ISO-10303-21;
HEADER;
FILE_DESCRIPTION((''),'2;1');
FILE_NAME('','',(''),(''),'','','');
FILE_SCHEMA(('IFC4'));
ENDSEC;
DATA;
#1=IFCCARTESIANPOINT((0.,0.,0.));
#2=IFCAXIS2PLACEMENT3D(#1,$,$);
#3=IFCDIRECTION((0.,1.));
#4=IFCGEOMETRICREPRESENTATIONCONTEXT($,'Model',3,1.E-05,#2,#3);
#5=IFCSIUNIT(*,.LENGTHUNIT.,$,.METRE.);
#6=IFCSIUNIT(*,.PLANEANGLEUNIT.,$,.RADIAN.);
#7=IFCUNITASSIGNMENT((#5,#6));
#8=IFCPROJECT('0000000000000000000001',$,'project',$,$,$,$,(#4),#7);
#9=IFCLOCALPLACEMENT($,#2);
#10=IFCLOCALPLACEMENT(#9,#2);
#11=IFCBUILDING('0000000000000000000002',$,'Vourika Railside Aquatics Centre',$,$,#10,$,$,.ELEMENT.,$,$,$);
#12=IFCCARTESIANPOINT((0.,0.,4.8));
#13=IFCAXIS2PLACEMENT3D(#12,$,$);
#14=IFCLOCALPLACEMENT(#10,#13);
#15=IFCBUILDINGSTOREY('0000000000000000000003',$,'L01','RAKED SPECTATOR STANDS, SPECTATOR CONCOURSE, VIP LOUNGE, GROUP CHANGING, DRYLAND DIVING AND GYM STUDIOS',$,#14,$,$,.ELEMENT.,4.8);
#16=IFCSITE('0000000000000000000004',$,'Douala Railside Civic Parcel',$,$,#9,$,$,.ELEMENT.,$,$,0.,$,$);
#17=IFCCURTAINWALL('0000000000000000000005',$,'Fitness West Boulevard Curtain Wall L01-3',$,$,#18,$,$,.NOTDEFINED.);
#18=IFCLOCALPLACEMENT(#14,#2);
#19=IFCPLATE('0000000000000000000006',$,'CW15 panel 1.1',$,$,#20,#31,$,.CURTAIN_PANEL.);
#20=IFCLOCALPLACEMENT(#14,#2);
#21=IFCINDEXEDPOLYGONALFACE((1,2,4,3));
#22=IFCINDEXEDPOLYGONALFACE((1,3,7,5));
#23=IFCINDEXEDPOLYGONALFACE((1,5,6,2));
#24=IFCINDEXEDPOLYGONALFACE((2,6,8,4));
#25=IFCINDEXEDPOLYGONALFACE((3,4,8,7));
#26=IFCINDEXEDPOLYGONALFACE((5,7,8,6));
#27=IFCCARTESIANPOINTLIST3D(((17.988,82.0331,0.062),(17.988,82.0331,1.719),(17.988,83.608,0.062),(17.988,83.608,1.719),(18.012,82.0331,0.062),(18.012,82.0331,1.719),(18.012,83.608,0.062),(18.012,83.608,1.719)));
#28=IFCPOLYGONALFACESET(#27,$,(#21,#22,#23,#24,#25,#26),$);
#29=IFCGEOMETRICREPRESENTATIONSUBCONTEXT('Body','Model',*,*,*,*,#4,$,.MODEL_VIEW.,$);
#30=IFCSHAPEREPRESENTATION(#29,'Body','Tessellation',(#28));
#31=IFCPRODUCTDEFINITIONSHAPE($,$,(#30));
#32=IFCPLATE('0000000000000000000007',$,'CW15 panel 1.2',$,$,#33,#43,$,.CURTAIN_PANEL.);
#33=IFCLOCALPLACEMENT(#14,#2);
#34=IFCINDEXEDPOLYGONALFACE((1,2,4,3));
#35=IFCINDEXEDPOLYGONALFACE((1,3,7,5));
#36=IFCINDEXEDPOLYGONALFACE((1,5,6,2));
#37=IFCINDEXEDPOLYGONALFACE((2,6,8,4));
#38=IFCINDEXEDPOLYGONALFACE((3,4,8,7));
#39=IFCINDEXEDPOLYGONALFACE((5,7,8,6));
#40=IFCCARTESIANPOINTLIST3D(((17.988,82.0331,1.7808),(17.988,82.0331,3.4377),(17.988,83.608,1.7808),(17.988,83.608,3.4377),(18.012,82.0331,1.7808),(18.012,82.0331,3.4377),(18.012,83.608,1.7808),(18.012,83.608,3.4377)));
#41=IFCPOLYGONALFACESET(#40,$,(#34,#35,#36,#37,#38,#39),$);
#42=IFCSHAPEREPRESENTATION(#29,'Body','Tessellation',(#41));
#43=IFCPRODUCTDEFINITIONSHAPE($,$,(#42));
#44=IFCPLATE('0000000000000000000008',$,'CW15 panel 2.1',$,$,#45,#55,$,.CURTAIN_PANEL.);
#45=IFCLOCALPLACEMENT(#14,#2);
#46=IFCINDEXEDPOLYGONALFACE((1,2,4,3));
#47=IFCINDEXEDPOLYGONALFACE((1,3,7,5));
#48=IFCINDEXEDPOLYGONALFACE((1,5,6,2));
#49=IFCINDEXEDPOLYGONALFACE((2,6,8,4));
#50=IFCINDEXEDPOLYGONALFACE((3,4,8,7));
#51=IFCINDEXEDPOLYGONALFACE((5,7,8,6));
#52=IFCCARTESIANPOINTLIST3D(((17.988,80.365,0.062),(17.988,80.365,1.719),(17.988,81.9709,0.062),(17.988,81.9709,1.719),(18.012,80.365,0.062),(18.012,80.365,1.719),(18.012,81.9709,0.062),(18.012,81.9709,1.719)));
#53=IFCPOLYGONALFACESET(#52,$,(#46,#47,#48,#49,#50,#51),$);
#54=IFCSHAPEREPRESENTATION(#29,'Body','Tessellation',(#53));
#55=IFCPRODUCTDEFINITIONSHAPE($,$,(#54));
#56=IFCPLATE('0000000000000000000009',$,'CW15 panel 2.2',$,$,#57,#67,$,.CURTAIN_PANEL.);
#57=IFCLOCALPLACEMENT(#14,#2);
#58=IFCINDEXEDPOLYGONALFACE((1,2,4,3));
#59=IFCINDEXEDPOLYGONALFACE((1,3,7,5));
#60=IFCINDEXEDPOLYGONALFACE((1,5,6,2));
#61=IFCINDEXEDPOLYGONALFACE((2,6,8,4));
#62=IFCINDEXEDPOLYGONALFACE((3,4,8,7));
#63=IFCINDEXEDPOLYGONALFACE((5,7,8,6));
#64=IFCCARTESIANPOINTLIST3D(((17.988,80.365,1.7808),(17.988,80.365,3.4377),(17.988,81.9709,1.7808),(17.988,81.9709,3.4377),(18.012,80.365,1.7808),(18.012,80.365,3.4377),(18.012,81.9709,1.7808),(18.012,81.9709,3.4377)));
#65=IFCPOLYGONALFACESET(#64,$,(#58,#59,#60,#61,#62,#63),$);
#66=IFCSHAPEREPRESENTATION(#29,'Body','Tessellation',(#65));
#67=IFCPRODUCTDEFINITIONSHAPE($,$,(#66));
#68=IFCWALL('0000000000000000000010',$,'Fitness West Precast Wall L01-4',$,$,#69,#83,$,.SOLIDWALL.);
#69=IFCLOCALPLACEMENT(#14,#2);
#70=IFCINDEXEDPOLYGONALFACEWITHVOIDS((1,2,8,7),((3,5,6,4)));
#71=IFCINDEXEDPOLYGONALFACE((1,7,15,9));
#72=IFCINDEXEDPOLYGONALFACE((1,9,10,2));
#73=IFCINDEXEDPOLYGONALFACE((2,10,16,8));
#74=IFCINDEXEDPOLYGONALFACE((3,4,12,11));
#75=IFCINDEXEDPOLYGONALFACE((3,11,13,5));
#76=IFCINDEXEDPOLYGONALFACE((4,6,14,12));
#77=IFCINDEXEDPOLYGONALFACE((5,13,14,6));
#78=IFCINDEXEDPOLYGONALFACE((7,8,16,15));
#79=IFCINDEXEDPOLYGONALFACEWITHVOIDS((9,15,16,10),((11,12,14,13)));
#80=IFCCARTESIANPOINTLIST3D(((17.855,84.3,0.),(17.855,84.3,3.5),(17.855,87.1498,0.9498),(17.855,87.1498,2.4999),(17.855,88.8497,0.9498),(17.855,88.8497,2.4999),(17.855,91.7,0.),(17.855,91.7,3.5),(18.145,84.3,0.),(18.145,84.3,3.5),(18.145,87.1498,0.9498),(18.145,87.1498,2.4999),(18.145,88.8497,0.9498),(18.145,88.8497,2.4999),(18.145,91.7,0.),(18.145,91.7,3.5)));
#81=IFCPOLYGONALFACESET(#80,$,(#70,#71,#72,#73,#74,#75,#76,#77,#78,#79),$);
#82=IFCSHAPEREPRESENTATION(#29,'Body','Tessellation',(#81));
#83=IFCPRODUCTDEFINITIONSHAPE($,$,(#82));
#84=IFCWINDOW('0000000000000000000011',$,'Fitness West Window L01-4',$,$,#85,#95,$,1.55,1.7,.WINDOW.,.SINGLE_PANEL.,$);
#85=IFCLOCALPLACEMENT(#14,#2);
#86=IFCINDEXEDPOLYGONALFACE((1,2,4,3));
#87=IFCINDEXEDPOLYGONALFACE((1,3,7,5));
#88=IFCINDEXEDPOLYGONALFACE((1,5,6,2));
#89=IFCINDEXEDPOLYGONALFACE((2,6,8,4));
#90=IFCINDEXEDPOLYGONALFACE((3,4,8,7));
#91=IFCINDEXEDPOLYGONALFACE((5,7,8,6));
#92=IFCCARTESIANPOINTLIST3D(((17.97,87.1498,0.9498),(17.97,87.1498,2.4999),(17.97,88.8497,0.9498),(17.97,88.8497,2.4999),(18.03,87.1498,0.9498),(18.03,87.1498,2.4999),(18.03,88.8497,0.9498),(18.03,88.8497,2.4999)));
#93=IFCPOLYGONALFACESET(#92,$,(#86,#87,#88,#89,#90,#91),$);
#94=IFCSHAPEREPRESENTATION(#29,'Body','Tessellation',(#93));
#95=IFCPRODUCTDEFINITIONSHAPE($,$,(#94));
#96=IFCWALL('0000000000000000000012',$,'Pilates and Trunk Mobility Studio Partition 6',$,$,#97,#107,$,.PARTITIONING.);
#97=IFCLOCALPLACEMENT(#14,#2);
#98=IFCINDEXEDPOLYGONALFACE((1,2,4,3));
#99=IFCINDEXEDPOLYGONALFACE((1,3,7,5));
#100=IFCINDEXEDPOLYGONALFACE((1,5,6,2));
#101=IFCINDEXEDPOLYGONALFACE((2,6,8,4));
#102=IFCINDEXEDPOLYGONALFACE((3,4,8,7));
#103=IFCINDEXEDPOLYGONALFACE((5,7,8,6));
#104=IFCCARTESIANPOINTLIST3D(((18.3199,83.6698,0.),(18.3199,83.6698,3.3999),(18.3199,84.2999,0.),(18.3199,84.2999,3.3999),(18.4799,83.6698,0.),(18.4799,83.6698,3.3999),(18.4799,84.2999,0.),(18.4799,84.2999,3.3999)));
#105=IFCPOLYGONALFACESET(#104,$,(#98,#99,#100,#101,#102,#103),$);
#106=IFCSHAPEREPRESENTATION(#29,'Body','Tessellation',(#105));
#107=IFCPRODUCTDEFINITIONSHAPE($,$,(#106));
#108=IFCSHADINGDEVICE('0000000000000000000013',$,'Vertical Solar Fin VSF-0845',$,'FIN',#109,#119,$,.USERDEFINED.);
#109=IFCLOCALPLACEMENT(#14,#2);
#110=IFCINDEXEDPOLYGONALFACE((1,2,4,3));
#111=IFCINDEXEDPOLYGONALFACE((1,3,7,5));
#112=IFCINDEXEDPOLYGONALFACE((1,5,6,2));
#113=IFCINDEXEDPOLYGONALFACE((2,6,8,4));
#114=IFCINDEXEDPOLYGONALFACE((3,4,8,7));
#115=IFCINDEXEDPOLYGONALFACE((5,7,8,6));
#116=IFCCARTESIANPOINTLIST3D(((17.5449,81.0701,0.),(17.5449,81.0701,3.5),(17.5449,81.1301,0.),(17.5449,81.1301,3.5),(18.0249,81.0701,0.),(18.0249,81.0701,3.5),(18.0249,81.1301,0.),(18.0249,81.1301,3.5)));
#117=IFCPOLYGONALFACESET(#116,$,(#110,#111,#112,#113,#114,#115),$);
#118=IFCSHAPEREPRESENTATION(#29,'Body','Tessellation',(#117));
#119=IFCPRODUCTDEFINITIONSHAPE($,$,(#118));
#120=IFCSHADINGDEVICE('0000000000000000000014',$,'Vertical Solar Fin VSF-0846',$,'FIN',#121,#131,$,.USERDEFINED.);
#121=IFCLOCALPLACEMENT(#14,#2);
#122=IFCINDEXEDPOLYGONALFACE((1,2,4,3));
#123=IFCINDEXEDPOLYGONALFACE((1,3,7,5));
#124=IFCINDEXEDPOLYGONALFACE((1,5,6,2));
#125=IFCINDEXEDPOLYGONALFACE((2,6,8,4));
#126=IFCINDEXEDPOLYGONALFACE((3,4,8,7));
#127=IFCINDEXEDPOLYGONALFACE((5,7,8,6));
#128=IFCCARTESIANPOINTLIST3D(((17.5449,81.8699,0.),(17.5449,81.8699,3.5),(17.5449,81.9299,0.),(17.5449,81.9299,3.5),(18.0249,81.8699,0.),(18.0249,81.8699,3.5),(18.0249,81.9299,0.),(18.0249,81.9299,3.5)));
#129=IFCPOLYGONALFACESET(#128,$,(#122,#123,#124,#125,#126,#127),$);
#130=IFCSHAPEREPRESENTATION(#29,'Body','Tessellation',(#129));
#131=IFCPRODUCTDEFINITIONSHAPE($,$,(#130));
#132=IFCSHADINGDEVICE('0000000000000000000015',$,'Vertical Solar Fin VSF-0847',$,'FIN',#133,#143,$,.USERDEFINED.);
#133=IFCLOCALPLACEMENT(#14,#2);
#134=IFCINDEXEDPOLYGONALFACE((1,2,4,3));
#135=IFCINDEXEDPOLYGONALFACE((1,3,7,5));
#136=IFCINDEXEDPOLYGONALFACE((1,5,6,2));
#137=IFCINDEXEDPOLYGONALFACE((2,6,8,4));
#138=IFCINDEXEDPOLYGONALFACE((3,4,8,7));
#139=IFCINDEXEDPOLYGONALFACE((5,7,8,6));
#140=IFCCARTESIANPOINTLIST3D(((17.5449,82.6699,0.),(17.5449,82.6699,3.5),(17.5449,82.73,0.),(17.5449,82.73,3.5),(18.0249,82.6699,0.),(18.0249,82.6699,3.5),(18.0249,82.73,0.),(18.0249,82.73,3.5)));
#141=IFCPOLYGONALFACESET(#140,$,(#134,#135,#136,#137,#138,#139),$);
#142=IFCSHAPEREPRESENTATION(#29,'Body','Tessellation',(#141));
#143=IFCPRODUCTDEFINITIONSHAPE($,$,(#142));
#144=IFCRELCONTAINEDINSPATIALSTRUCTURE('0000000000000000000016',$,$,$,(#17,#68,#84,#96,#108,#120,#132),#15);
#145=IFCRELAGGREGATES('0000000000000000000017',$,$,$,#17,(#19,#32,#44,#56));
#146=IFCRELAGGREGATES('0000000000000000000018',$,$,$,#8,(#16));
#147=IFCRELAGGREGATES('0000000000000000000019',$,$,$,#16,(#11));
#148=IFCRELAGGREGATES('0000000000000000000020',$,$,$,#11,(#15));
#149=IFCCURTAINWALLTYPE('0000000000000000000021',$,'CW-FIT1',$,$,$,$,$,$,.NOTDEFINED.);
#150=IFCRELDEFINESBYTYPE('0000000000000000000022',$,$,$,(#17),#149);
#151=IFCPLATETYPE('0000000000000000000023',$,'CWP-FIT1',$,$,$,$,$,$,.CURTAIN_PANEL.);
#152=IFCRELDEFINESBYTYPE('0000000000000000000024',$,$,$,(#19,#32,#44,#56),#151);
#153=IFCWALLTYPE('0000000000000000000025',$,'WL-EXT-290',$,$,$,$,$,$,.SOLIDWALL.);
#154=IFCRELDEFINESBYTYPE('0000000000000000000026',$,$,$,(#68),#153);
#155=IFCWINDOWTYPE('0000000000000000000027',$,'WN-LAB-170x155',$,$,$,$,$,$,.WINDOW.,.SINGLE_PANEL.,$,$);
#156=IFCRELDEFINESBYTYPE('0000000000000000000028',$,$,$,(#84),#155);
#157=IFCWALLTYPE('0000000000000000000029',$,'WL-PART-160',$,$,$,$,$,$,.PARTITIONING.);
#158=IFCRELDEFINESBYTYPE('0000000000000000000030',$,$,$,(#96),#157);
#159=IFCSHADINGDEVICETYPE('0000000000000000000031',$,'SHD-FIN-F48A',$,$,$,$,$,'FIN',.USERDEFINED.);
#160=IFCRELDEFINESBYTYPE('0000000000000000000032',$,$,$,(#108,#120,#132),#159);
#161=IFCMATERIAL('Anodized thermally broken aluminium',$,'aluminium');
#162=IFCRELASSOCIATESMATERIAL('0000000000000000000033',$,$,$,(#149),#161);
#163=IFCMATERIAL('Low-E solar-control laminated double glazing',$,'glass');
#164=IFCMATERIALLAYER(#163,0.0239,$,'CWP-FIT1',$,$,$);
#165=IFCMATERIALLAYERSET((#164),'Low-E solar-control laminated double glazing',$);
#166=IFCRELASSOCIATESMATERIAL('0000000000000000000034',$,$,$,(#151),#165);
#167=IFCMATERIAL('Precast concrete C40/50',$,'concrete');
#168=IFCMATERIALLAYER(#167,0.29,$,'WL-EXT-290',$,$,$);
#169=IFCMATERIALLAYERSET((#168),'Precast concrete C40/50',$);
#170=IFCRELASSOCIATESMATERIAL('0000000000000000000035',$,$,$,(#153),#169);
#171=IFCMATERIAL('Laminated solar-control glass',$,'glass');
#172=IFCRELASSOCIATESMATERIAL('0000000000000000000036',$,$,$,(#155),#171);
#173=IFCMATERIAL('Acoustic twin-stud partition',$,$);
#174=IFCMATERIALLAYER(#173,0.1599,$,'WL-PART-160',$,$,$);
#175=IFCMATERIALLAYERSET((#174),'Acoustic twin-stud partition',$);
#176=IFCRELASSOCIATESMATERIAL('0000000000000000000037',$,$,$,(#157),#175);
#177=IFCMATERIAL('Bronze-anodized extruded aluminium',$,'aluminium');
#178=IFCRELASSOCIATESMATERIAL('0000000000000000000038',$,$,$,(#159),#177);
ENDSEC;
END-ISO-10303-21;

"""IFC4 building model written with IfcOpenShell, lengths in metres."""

from ifc_helpers import new_model, si_unit, direction, frame, frame_2d, origin, origin_2d, place, context, subcontext, project, spatial, rectangle, extrude, material, layer, layer_set, material_profile, profile_set, type_object, element, fill, aggregate, save


model = new_model("IFC4")

# Units and contexts
model_context = context("Model", 3, precision=1e-05, world=origin(), true_north=direction((0.0, 1.0)))
body_context = subcontext(model_context, "Body", "Model", "MODEL_VIEW")
ifc_project = project(units=[si_unit("LENGTHUNIT", "METRE"), si_unit("PLANEANGLEUNIT", "RADIAN")], contexts=[model_context])

# Site, building, storey
site_placement = place(None, origin())
site = spatial("IfcSite", under=ifc_project, at=site_placement, Name="Douala Railside Civic Parcel", CompositionType="ELEMENT", RefElevation=0.0)
building_placement = place(site_placement, origin())
building = spatial("IfcBuilding", under=site, at=building_placement, Name="Vourika Railside Aquatics Centre", CompositionType="ELEMENT")
storey_placement = place(building_placement, frame((0.0, 0.0, 4.8)))
storey = spatial("IfcBuildingStorey", under=building, at=storey_placement, Name="L01", Description="RAKED SPECTATOR STANDS, SPECTATOR CONCOURSE, VIP LOUNGE, GROUP CHANGING, DRYLAND DIVING AND GYM STUDIOS", CompositionType="ELEMENT", Elevation=4.8)

# Curtain wall, plates
ifc_material_1 = material(Name="Anodized thermally broken aluminium", Category="aluminium")
curtain_wall_type = type_object("IfcCurtainWallType", Name="CW-FIT1", PredefinedType="NOTDEFINED", material=ifc_material_1)
curtain_wall_placement = place(storey_placement, origin())
curtain_wall = element("IfcCurtainWall", 1, at=curtain_wall_placement, inside=storey, type_object=curtain_wall_type, Name="Fitness West Boulevard Curtain Wall L01-3", PredefinedType="NOTDEFINED")
ifc_material_2 = material(Name="Low-E solar-control laminated double glazing", Category="glass")
ifc_layer_1 = layer(ifc_material_2, 0.0239, Name="CWP-FIT1")
ifc_layer_set_1 = layer_set([ifc_layer_1], Name="Low-E solar-control laminated double glazing")
plate_type = type_object("IfcPlateType", Name="CWP-FIT1", PredefinedType="CURTAIN_PANEL", material=ifc_layer_set_1)
plate_1_placement = place(storey_placement, frame((18.0, 82.8206, 0.062), z_axis=(0.0, 0.0, 1.0), x_axis=(0.0, -1.0, 0.0)))
plate_1 = element("IfcPlate", 2, at=plate_1_placement, type_object=plate_type, Name="CW15 panel 1.1", PredefinedType="CURTAIN_PANEL", context=body_context, shape_type="SweptSolid", body=[
    extrude(rectangle(XDim=1.575, YDim=0.0239, at=origin_2d()), origin(), (0.0, 0.0, 1.0), 1.657),
])
plate_2_placement = place(storey_placement, frame((18.0, 82.8206, 1.7808), z_axis=(0.0, 0.0, 1.0), x_axis=(0.0, -1.0, 0.0)))
plate_2 = element("IfcPlate", 3, at=plate_2_placement, type_object=plate_type, Name="CW15 panel 1.2", PredefinedType="CURTAIN_PANEL", context=body_context, shape_type="SweptSolid", body=[
    extrude(rectangle(XDim=1.575, YDim=0.0239, at=origin_2d()), origin(), (0.0, 0.0, 1.0), 1.657),
])
plate_3_placement = place(storey_placement, frame((18.0, 81.168, 0.062), z_axis=(0.0, 0.0, 1.0), x_axis=(0.0, -1.0, 0.0)))
plate_3 = element("IfcPlate", 4, at=plate_3_placement, type_object=plate_type, Name="CW15 panel 2.1", PredefinedType="CURTAIN_PANEL", context=body_context, shape_type="SweptSolid", body=[
    extrude(rectangle(XDim=1.606, YDim=0.0239, at=origin_2d()), origin(), (0.0, 0.0, 1.0), 1.657),
])
plate_4_placement = place(storey_placement, frame((18.0, 81.168, 1.7808), z_axis=(0.0, 0.0, 1.0), x_axis=(0.0, -1.0, 0.0)))
plate_4 = element("IfcPlate", 5, at=plate_4_placement, type_object=plate_type, Name="CW15 panel 2.2", PredefinedType="CURTAIN_PANEL", context=body_context, shape_type="SweptSolid", body=[
    extrude(rectangle(XDim=1.606, YDim=0.0239, at=origin_2d()), origin(), (0.0, 0.0, 1.0), 1.657),
])
aggregate(curtain_wall, [plate_1, plate_2, plate_3, plate_4])

# Wall, opening, window
ifc_material_3 = material(Name="Precast concrete C40/50", Category="concrete")
ifc_layer_2 = layer(ifc_material_3, 0.29, Name="WL-EXT-290")
ifc_layer_set_2 = layer_set([ifc_layer_2], Name="Precast concrete C40/50")
wall_type_1 = type_object("IfcWallType", Name="WL-EXT-290", PredefinedType="SOLIDWALL", material=ifc_layer_set_2)
wall_1_placement = place(storey_placement, frame((18.0, 91.7, 0.0), z_axis=(0.0, 0.0, 1.0), x_axis=(0.0, -1.0, 0.0)))
wall_1 = element("IfcWall", 6, at=wall_1_placement, inside=storey, type_object=wall_type_1, Name="Fitness West Precast Wall L01-4", PredefinedType="SOLIDWALL", context=body_context, shape_type="SweptSolid", body=[
    extrude(rectangle(XDim=7.3999, YDim=0.29, at=frame_2d((3.7, 0.0))), origin(), (0.0, 0.0, 1.0), 3.5),
])
opening_placement = place(wall_1_placement, frame((2.8501, 0.0, 0.95)))
opening = element("IfcOpeningElement", 7, at=opening_placement, cuts=wall_1, PredefinedType="OPENING", context=body_context, shape_type="SweptSolid", body=[
    extrude(rectangle(XDim=1.7, YDim=1.55, at=frame_2d((0.8501, 0.7749))), frame((0.0, 0.155, 0.0), z_axis=(0.0, -1.0, 0.0), x_axis=(1.0, 0.0, 0.0)), (0.0, 0.0, 1.0), 0.3101),
])
ifc_material_4 = material(Name="Laminated solar-control glass", Category="glass")
window_type = type_object("IfcWindowType", Name="WN-LAB-170x155", PartitioningType="SINGLE_PANEL", PredefinedType="WINDOW", material=ifc_material_4)
window_placement = place(opening_placement, origin())
window = element("IfcWindow", 8, at=window_placement, inside=storey, type_object=window_type, Name="Fitness West Window L01-4", OverallHeight=1.55, OverallWidth=1.7, PartitioningType="SINGLE_PANEL", PredefinedType="WINDOW", context=body_context, shape_type="SweptSolid", body=[
    extrude(rectangle(XDim=1.7, YDim=1.55, at=frame_2d((0.8501, 0.7749))), frame((0.0, 0.03, 0.0), z_axis=(0.0, -1.0, 0.0), x_axis=(1.0, 0.0, 0.0)), (0.0, 0.0, 1.0), 0.0601),
])
fill(opening, window)

# Wall
ifc_material_5 = material(Name="Acoustic twin-stud partition")
ifc_layer_3 = layer(ifc_material_5, 0.1599, Name="WL-PART-160")
ifc_layer_set_3 = layer_set([ifc_layer_3], Name="Acoustic twin-stud partition")
wall_type_2 = type_object("IfcWallType", Name="WL-PART-160", PredefinedType="PARTITIONING", material=ifc_layer_set_3)
wall_2_placement = place(storey_placement, frame((18.3999, 83.6699, 0.0), z_axis=(0.0, 0.0, 1.0), x_axis=(0.0, 1.0, 0.0)))
element("IfcWall", 9, at=wall_2_placement, inside=storey, type_object=wall_type_2, Name="Pilates and Trunk Mobility Studio Partition 6", PredefinedType="PARTITIONING", context=body_context, shape_type="SweptSolid", body=[
    extrude(rectangle(XDim=0.6301, YDim=0.1599, at=frame_2d((0.3149, 0.0))), origin(), (0.0, 0.0, 1.0), 3.3999),
])

# Shading devices
ifc_material_6 = material(Name="Bronze-anodized extruded aluminium", Category="aluminium")
ifc_material_profile_1 = material_profile(ifc_material_6, rectangle(XDim=0.0601, YDim=0.48, at=origin_2d()), Name="ALU-FIN 60x480")
ifc_profile_set_1 = profile_set([ifc_material_profile_1], Name="Bronze-anodized extruded aluminium")
shading_device_type = type_object("IfcShadingDeviceType", Name="SHD-FIN-F48A", ElementType="FIN", PredefinedType="USERDEFINED", material=ifc_profile_set_1)
for number, where, z_axis, x_axis, name in (
    (10, (17.7849, 81.1001, 0.0), (0.0, 0.0, 1.0), (0.0, 1.0, 0.0), "Vertical Solar Fin VSF-0845"),
    (11, (17.7849, 81.8999, 0.0), (0.0, 0.0, 1.0), (0.0, 1.0, 0.0), "Vertical Solar Fin VSF-0846"),
    (12, (17.7849, 82.7, 0.0), (0.0, 0.0, 1.0), (0.0, 1.0, 0.0), "Vertical Solar Fin VSF-0847"),
):
    element("IfcShadingDevice", number, at=place(storey_placement, frame(where, z_axis=z_axis, x_axis=x_axis)), inside=storey, type_object=shading_device_type, Name=name, ObjectType="FIN", PredefinedType="USERDEFINED", context=body_context, shape_type="SweptSolid", body=[
        extrude(rectangle(XDim=0.0601, YDim=0.48, at=origin_2d()), origin(), (0.0, 0.0, 1.0), 3.5),
    ])

save(model, "model.ifc")
